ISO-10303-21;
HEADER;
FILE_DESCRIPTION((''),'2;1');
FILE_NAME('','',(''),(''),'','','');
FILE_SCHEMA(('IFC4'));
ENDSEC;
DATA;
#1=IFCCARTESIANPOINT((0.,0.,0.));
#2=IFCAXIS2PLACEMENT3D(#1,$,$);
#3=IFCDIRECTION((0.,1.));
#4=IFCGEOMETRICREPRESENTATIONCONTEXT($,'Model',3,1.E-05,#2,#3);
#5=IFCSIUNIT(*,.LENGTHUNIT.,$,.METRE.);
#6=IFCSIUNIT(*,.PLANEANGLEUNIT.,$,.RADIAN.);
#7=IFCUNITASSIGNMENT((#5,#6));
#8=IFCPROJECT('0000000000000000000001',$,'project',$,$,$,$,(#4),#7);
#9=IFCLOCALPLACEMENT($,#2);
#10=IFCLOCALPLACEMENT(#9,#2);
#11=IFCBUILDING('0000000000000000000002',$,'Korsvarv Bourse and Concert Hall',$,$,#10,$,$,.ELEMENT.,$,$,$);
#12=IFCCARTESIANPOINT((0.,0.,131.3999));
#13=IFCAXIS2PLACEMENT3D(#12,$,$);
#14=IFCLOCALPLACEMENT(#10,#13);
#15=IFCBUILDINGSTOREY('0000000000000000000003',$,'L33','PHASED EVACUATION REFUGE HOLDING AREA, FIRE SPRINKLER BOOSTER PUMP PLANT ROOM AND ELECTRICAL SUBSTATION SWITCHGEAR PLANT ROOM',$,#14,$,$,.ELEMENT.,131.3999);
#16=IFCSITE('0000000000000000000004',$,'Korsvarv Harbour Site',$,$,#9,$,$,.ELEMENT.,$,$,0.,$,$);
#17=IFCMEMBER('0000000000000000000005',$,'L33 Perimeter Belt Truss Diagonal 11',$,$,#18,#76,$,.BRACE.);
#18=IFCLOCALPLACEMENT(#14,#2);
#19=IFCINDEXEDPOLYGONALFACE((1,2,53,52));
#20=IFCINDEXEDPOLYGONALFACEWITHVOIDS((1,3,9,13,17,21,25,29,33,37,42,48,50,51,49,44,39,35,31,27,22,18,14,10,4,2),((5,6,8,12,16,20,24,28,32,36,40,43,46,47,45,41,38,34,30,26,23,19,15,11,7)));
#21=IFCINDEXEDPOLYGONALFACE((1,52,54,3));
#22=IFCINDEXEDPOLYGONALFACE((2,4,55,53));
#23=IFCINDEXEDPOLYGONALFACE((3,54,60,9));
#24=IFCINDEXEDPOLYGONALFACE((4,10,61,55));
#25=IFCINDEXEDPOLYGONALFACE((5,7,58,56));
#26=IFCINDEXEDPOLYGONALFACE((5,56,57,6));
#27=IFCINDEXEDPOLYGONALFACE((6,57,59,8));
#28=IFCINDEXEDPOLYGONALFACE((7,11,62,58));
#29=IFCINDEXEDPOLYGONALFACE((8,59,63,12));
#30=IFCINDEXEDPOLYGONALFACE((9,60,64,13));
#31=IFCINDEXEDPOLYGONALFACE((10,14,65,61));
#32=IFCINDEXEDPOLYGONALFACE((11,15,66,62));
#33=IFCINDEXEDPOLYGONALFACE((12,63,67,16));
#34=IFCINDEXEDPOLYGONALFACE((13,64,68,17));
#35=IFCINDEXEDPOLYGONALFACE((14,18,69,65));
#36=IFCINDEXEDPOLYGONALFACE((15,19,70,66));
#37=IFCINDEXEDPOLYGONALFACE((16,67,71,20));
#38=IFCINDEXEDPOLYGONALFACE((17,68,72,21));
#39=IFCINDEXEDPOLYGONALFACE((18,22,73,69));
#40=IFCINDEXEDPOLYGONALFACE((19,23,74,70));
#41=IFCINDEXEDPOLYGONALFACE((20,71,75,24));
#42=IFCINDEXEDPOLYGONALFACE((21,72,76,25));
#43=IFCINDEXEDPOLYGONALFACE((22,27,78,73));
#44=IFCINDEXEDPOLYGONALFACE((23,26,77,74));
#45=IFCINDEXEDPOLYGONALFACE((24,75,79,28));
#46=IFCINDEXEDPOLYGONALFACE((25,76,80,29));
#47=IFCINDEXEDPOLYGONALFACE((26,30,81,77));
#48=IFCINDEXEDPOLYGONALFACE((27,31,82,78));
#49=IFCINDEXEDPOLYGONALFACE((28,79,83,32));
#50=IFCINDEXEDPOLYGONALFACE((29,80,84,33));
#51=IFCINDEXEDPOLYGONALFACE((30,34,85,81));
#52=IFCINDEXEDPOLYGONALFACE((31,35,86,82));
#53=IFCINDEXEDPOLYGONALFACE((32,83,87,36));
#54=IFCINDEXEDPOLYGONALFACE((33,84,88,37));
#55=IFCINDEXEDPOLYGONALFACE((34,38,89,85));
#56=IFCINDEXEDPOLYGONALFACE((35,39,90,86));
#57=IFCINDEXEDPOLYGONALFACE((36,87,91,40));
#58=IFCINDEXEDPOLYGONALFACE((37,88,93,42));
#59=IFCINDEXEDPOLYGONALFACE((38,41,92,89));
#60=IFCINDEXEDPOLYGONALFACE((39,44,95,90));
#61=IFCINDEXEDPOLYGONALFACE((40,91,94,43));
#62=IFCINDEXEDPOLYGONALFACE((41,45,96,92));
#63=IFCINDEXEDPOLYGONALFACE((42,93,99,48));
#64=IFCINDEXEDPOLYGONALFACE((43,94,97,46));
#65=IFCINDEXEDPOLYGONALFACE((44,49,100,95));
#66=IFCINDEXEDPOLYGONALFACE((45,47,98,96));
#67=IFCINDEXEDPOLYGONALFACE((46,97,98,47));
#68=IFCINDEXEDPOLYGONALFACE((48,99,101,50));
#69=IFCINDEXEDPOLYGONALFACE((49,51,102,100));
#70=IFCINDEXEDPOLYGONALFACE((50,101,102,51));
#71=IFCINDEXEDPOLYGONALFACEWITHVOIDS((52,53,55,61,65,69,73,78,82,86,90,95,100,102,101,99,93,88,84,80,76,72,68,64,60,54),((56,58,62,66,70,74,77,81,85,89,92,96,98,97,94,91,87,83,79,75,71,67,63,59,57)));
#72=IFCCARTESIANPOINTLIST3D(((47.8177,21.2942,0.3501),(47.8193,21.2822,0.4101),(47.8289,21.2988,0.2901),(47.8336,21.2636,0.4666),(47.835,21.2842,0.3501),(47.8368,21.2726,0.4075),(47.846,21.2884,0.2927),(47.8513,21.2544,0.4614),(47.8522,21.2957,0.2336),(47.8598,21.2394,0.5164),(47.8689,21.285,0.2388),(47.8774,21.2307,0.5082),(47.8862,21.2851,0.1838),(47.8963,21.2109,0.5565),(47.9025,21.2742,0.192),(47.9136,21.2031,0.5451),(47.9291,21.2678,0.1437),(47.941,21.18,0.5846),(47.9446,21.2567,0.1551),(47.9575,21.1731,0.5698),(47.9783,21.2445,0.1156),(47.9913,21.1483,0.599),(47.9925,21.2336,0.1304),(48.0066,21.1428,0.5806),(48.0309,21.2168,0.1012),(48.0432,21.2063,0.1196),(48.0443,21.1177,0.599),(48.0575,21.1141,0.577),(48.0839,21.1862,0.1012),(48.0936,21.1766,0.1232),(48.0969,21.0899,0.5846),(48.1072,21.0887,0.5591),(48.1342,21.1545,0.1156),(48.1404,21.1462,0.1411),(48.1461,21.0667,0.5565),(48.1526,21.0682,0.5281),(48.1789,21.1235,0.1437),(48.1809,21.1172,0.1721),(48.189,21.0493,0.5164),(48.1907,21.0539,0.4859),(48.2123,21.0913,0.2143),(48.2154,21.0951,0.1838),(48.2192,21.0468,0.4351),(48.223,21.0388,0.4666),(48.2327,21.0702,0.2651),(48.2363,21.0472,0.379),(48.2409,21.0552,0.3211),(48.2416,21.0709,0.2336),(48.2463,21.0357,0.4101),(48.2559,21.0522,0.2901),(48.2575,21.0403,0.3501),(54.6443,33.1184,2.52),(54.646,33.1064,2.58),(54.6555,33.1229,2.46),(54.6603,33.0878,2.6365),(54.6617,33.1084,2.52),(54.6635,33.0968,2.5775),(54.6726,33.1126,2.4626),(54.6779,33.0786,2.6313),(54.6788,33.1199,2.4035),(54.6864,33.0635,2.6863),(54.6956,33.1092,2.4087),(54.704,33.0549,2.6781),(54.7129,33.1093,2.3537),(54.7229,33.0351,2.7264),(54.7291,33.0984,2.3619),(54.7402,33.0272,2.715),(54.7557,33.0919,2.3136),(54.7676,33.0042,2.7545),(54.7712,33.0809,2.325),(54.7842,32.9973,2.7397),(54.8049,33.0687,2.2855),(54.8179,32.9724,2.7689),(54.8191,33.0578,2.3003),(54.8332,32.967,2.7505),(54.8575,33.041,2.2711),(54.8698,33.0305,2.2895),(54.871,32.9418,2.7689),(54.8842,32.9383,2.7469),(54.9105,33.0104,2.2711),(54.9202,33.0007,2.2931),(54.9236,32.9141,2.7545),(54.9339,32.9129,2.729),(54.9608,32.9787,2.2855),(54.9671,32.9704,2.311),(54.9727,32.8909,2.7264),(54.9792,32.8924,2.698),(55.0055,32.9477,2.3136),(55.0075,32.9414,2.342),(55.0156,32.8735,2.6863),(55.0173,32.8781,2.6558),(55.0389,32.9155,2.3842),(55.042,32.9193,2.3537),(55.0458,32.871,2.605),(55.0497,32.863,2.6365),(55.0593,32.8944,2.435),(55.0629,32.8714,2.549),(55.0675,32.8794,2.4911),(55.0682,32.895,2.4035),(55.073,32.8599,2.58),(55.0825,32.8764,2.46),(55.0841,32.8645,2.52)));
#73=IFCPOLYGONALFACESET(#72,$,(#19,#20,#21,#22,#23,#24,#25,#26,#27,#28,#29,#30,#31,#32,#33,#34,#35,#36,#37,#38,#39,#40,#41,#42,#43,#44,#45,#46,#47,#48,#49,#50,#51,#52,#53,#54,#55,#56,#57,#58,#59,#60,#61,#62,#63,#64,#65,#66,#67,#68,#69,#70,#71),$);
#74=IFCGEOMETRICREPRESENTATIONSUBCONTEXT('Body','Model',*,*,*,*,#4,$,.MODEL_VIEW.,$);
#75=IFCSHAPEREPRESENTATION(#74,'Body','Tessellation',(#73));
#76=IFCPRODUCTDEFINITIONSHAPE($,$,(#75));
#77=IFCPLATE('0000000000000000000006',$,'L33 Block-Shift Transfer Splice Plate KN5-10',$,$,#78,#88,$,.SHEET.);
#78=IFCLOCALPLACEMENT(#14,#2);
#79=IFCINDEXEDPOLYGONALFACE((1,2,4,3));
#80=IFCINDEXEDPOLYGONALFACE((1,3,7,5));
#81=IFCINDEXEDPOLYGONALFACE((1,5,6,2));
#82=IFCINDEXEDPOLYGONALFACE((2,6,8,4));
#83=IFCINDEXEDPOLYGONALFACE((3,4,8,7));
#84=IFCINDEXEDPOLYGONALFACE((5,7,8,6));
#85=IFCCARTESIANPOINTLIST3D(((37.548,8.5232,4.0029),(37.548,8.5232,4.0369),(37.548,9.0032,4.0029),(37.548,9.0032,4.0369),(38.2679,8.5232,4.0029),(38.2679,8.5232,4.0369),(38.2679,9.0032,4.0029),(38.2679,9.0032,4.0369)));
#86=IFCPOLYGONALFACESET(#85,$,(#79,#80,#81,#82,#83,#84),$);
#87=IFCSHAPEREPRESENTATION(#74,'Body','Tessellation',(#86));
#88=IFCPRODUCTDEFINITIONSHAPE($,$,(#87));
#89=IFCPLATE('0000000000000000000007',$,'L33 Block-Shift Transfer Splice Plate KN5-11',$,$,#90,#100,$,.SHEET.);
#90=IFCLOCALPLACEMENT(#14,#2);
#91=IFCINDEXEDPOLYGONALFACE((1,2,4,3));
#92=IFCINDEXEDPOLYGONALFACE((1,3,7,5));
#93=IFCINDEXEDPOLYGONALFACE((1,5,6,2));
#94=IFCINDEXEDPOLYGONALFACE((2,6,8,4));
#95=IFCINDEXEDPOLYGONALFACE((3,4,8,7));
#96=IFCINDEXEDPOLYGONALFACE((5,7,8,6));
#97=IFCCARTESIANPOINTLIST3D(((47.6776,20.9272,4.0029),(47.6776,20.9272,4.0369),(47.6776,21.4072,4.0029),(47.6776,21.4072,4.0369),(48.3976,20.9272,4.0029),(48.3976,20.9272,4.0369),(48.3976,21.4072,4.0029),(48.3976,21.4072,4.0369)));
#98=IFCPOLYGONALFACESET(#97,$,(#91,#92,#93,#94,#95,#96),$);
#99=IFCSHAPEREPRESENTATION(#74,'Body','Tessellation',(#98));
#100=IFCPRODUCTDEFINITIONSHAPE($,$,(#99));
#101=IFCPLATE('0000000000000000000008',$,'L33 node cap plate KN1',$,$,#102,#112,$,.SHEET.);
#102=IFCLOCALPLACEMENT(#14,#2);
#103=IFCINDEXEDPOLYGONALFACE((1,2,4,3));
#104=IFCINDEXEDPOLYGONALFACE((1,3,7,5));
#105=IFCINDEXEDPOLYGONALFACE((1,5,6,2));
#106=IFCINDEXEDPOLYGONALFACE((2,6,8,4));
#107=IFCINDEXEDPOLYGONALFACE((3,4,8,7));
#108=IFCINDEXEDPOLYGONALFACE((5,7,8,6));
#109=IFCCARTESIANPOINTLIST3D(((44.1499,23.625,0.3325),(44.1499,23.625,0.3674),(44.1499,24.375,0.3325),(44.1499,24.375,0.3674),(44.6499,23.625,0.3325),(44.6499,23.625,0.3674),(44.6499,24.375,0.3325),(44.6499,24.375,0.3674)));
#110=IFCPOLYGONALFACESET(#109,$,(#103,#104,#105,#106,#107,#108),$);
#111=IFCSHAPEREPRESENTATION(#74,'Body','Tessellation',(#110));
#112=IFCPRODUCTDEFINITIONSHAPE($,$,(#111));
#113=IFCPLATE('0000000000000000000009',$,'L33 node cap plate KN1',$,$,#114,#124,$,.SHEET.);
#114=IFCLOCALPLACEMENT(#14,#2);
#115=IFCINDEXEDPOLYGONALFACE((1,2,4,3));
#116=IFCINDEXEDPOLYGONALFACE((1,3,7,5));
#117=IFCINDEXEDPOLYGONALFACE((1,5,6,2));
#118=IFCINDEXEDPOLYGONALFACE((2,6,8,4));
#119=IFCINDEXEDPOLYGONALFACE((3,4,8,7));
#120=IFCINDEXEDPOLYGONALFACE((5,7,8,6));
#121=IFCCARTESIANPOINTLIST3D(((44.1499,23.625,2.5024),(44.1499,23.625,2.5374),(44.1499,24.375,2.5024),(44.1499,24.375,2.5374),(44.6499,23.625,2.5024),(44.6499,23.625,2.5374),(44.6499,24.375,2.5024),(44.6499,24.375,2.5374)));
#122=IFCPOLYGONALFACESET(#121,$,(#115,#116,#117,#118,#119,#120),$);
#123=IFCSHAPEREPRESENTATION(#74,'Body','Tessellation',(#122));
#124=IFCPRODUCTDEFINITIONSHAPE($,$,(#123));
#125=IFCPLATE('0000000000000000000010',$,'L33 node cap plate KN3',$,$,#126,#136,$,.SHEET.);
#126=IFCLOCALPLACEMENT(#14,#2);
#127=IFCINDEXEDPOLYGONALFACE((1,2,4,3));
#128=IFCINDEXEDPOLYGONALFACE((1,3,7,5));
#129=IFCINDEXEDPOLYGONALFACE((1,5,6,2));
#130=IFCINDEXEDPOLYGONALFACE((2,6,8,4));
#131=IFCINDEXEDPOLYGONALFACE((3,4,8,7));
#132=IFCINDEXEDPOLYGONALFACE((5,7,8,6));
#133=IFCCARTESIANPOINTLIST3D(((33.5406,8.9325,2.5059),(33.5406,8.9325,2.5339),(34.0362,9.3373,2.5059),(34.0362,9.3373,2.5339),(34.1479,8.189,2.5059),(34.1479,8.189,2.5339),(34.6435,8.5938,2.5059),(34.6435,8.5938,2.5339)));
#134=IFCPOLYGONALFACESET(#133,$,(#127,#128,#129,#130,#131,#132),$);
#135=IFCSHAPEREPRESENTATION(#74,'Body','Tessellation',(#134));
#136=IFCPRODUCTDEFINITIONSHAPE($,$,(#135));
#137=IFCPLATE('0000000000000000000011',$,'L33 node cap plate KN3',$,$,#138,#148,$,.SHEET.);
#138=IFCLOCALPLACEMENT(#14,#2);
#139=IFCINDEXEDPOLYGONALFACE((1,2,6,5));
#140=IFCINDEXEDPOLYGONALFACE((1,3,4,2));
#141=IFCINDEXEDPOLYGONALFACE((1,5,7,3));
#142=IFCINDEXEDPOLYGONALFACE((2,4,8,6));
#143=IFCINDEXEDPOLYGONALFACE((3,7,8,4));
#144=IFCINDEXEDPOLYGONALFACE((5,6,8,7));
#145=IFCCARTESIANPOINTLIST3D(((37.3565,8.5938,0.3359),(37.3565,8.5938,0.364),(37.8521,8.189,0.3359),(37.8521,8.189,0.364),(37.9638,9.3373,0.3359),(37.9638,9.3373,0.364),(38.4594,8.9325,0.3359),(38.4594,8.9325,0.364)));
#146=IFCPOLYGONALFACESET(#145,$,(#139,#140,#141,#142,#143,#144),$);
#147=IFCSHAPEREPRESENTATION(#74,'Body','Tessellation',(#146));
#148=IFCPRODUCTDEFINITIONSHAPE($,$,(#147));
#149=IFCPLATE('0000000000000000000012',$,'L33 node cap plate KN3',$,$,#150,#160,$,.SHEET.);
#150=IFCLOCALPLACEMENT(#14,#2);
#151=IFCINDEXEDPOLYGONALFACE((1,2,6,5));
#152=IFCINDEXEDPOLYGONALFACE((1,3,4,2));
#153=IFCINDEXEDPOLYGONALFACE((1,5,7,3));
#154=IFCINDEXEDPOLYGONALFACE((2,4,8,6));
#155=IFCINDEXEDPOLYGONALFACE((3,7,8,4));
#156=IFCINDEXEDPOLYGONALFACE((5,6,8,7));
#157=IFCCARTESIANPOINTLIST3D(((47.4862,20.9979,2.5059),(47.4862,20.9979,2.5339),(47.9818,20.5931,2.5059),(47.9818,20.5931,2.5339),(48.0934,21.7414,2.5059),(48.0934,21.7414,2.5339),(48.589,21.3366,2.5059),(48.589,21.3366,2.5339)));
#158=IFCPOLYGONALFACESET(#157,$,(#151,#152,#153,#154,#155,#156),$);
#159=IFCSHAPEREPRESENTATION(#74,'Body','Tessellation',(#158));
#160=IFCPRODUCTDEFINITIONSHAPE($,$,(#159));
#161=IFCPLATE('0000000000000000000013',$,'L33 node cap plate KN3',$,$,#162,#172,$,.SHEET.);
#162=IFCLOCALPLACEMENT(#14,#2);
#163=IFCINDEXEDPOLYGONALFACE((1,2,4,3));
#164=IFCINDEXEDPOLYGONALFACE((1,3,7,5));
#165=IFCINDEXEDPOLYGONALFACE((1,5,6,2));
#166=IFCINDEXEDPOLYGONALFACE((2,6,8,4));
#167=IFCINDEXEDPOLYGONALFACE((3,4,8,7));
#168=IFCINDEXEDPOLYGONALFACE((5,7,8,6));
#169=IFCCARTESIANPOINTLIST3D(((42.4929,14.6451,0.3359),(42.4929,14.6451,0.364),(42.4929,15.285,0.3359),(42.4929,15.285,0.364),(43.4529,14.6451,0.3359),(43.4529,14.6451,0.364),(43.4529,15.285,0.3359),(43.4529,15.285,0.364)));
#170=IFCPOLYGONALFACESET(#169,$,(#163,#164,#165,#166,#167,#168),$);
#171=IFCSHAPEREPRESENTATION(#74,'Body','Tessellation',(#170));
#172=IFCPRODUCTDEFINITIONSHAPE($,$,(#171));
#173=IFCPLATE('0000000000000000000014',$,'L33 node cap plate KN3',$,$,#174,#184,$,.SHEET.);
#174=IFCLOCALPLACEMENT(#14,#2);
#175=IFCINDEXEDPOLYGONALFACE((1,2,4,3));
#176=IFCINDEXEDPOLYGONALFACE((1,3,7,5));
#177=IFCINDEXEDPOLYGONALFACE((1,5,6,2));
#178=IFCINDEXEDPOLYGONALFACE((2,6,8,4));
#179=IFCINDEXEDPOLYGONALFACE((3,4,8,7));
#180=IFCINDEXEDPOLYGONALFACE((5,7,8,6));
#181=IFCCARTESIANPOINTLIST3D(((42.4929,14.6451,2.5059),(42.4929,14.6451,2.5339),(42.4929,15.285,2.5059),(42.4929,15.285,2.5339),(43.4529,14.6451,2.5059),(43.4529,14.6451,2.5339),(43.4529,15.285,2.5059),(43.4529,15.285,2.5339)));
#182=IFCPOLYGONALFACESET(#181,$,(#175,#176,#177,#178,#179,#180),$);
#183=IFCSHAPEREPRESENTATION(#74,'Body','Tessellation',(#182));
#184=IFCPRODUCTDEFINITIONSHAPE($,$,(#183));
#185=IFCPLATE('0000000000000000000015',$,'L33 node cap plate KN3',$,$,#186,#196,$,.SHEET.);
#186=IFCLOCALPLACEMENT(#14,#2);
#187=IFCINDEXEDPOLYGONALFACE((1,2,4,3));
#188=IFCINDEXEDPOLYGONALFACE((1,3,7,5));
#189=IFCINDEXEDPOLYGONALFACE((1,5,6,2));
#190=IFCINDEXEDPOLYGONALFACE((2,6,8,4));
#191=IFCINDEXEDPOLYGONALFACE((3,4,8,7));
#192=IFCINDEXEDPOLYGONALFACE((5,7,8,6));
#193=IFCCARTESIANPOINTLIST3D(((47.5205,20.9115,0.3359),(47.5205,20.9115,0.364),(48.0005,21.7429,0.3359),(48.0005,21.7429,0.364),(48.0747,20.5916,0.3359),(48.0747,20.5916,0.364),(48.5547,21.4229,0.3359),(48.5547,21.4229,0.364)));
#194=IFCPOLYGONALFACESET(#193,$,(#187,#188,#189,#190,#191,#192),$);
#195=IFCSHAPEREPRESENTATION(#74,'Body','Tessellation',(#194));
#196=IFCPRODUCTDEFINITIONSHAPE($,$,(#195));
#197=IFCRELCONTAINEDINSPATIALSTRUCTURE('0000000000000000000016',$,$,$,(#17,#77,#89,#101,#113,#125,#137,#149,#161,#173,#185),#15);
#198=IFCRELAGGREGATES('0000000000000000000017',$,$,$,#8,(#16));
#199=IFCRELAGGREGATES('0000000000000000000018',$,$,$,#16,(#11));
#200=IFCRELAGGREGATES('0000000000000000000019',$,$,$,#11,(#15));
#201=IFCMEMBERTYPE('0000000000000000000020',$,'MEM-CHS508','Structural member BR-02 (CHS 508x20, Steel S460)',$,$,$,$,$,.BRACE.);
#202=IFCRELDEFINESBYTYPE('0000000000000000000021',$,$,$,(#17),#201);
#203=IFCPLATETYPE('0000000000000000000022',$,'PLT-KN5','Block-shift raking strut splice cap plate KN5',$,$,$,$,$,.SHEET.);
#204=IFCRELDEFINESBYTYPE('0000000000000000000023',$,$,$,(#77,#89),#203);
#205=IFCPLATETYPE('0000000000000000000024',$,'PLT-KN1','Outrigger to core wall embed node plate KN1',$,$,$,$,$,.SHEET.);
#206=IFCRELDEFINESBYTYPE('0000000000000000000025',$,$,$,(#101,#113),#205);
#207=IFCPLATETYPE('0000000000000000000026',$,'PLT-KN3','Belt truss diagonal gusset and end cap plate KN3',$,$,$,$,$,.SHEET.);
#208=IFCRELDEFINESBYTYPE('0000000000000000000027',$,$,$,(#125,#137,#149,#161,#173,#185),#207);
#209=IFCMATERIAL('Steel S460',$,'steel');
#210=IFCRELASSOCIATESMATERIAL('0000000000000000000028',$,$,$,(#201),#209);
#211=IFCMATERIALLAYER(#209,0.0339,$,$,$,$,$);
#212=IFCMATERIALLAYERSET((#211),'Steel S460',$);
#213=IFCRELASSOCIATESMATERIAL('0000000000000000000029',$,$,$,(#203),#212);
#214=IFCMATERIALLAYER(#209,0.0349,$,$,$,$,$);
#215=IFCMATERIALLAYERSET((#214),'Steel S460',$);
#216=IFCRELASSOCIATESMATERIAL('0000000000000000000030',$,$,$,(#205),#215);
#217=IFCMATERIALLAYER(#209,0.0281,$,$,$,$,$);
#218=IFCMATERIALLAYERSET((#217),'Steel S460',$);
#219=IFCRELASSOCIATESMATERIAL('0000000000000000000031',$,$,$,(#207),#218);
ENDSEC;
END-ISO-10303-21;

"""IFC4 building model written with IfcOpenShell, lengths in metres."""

from ifc_helpers import new_model, si_unit, direction, frame, origin, origin_2d, place, context, subcontext, project, spatial, rectangle, hollow_circle, extrude, source, transform, mapped, material, layer, layer_set, material_profile, profile_set, type_object, element, save


model = new_model("IFC4")

# Units and contexts
model_context = context("Model", 3, precision=1e-05, world=origin(), true_north=direction((0.0, 1.0)))
body_context = subcontext(model_context, "Body", "Model", "MODEL_VIEW")
ifc_project = project(units=[si_unit("LENGTHUNIT", "METRE"), si_unit("PLANEANGLEUNIT", "RADIAN")], contexts=[model_context])

# Site, building, storey
site_placement = place(None, origin())
site = spatial("IfcSite", under=ifc_project, at=site_placement, Name="Korsvarv Harbour Site", CompositionType="ELEMENT", RefElevation=0.0)
building_placement = place(site_placement, origin())
building = spatial("IfcBuilding", under=site, at=building_placement, Name="Korsvarv Bourse and Concert Hall", CompositionType="ELEMENT")
storey_placement = place(building_placement, frame((0.0, 0.0, 131.3999)))
storey = spatial("IfcBuildingStorey", under=building, at=storey_placement, Name="L33", Description="PHASED EVACUATION REFUGE HOLDING AREA, FIRE SPRINKLER BOOSTER PUMP PLANT ROOM AND ELECTRICAL SUBSTATION SWITCHGEAR PLANT ROOM", CompositionType="ELEMENT", Elevation=131.3999)

# Shared definitions
ifc_material_1 = material(Name="Steel S460", Category="steel")

# Member
ifc_material_profile_1 = material_profile(ifc_material_1, hollow_circle(Radius=0.2539, WallThickness=0.02, at=origin_2d()), Name="CHS 508x20")
ifc_profile_set_1 = profile_set([ifc_material_profile_1], Name="Steel S460")
member_type_1 = type_object("IfcMemberType", Name="MEM-CHS508", Description="Structural member BR-02 (CHS 508x20, Steel S460)", PredefinedType="BRACE", material=ifc_profile_set_1)
shared_shape_1 = source(origin(), body_context, "Body", "SweptSolid", [
    extrude(hollow_circle(Radius=0.2539, WallThickness=0.02, at=origin_2d()), origin(), (0.0, 0.0, 1.0), 13.8247),
])
member_1_placement = place(storey_placement, frame((48.0376, 21.1672, 0.3501), z_axis=(0.4938, 0.855293, 0.156959), x_axis=(-0.866027, 0.499997, 0.0)))
element("IfcMember", 1, at=member_1_placement, inside=storey, type_object=member_type_1, Name="L33 Perimeter Belt Truss Diagonal 11", PredefinedType="BRACE", context=body_context, shape_type="MappedRepresentation", body=[
    mapped(shared_shape_1, transform((0.0, 0.0, 0.0), scale=1.0)),
])

# Plates
ifc_layer_1 = layer(ifc_material_1, 0.0339)
ifc_layer_set_1 = layer_set([ifc_layer_1], Name="Steel S460")
plate_type_1 = type_object("IfcPlateType", Name="PLT-KN5", Description="Block-shift raking strut splice cap plate KN5", PredefinedType="SHEET", material=ifc_layer_set_1)
shared_shape_2 = source(origin(), body_context, "Body", "SweptSolid", [
    extrude(rectangle(XDim=0.72, YDim=0.48, at=origin_2d()), origin(), (0.0, 0.0, 1.0), 0.0339),
])
for number, where, z_axis, x_axis, name in (
    (2, (37.908, 8.7632, 4.0029), (0.0, 0.0, 1.0), (1.0, 0.0, 0.0), "L33 Block-Shift Transfer Splice Plate KN5-10"),
    (3, (48.0376, 21.1672, 4.0029), (0.0, 0.0, 1.0), (1.0, 0.0, 0.0), "L33 Block-Shift Transfer Splice Plate KN5-11"),
):
    element("IfcPlate", number, at=place(storey_placement, frame(where, z_axis=z_axis, x_axis=x_axis)), inside=storey, type_object=plate_type_1, Name=name, PredefinedType="SHEET", context=body_context, shape_type="MappedRepresentation", body=[
        mapped(shared_shape_2, transform((0.0, 0.0, 0.0), scale=1.0)),
    ])
ifc_layer_2 = layer(ifc_material_1, 0.0349)
ifc_layer_set_2 = layer_set([ifc_layer_2], Name="Steel S460")
plate_type_2 = type_object("IfcPlateType", Name="PLT-KN1", Description="Outrigger to core wall embed node plate KN1", PredefinedType="SHEET", material=ifc_layer_set_2)
shared_shape_3 = source(origin(), body_context, "Body", "SweptSolid", [
    extrude(rectangle(XDim=0.75, YDim=0.5, at=origin_2d()), origin(), (0.0, 0.0, 1.0), 0.0349),
])
for number, where, z_axis, x_axis, name in (
    (4, (44.3999, 24.0, 0.3325), (0.0, 0.0, 1.0), (0.0, 1.0, 0.0), "L33 node cap plate KN1"),
    (5, (44.3999, 24.0, 2.5024), (0.0, 0.0, 1.0), (0.0, 1.0, 0.0), "L33 node cap plate KN1"),
):
    element("IfcPlate", number, at=place(storey_placement, frame(where, z_axis=z_axis, x_axis=x_axis)), inside=storey, type_object=plate_type_2, Name=name, PredefinedType="SHEET", context=body_context, shape_type="MappedRepresentation", body=[
        mapped(shared_shape_3, transform((0.0, 0.0, 0.0), scale=1.0)),
    ])
ifc_layer_3 = layer(ifc_material_1, 0.0281)
ifc_layer_set_3 = layer_set([ifc_layer_3], Name="Steel S460")
plate_type_3 = type_object("IfcPlateType", Name="PLT-KN3", Description="Belt truss diagonal gusset and end cap plate KN3", PredefinedType="SHEET", material=ifc_layer_set_3)
shared_shape_4 = source(origin(), body_context, "Body", "SweptSolid", [
    extrude(rectangle(XDim=0.96, YDim=0.6399, at=origin_2d()), origin(), (0.0, 0.0, 1.0), 0.0281),
])
for number, where, z_axis, x_axis, name in (
    (6, (34.092, 8.7632, 2.5059), (0.0, 0.0, 1.0), (-0.63257, 0.774503, 0.0), "L33 node cap plate KN3"),
    (7, (37.908, 8.7632, 0.3359), (0.0, 0.0, 1.0), (0.63257, 0.774503, 0.0), "L33 node cap plate KN3"),
    (8, (48.0376, 21.1672, 2.5059), (0.0, 0.0, 1.0), (0.63257, 0.774503, 0.0), "L33 node cap plate KN3"),
    (9, (42.9729, 14.9651, 0.3359), (0.0, 0.0, 1.0), (1.0, 0.0, 0.0), "L33 node cap plate KN3"),
    (10, (42.9729, 14.9651, 2.5059), (0.0, 0.0, 1.0), (1.0, 0.0, 0.0), "L33 node cap plate KN3"),
    (11, (48.0376, 21.1672, 0.3359), (0.0, 0.0, 1.0), (0.5, 0.866025, 0.0), "L33 node cap plate KN3"),
):
    element("IfcPlate", number, at=place(storey_placement, frame(where, z_axis=z_axis, x_axis=x_axis)), inside=storey, type_object=plate_type_3, Name=name, PredefinedType="SHEET", context=body_context, shape_type="MappedRepresentation", body=[
        mapped(shared_shape_4, transform((0.0, 0.0, 0.0), scale=1.0)),
    ])

save(model, "model.ifc")
